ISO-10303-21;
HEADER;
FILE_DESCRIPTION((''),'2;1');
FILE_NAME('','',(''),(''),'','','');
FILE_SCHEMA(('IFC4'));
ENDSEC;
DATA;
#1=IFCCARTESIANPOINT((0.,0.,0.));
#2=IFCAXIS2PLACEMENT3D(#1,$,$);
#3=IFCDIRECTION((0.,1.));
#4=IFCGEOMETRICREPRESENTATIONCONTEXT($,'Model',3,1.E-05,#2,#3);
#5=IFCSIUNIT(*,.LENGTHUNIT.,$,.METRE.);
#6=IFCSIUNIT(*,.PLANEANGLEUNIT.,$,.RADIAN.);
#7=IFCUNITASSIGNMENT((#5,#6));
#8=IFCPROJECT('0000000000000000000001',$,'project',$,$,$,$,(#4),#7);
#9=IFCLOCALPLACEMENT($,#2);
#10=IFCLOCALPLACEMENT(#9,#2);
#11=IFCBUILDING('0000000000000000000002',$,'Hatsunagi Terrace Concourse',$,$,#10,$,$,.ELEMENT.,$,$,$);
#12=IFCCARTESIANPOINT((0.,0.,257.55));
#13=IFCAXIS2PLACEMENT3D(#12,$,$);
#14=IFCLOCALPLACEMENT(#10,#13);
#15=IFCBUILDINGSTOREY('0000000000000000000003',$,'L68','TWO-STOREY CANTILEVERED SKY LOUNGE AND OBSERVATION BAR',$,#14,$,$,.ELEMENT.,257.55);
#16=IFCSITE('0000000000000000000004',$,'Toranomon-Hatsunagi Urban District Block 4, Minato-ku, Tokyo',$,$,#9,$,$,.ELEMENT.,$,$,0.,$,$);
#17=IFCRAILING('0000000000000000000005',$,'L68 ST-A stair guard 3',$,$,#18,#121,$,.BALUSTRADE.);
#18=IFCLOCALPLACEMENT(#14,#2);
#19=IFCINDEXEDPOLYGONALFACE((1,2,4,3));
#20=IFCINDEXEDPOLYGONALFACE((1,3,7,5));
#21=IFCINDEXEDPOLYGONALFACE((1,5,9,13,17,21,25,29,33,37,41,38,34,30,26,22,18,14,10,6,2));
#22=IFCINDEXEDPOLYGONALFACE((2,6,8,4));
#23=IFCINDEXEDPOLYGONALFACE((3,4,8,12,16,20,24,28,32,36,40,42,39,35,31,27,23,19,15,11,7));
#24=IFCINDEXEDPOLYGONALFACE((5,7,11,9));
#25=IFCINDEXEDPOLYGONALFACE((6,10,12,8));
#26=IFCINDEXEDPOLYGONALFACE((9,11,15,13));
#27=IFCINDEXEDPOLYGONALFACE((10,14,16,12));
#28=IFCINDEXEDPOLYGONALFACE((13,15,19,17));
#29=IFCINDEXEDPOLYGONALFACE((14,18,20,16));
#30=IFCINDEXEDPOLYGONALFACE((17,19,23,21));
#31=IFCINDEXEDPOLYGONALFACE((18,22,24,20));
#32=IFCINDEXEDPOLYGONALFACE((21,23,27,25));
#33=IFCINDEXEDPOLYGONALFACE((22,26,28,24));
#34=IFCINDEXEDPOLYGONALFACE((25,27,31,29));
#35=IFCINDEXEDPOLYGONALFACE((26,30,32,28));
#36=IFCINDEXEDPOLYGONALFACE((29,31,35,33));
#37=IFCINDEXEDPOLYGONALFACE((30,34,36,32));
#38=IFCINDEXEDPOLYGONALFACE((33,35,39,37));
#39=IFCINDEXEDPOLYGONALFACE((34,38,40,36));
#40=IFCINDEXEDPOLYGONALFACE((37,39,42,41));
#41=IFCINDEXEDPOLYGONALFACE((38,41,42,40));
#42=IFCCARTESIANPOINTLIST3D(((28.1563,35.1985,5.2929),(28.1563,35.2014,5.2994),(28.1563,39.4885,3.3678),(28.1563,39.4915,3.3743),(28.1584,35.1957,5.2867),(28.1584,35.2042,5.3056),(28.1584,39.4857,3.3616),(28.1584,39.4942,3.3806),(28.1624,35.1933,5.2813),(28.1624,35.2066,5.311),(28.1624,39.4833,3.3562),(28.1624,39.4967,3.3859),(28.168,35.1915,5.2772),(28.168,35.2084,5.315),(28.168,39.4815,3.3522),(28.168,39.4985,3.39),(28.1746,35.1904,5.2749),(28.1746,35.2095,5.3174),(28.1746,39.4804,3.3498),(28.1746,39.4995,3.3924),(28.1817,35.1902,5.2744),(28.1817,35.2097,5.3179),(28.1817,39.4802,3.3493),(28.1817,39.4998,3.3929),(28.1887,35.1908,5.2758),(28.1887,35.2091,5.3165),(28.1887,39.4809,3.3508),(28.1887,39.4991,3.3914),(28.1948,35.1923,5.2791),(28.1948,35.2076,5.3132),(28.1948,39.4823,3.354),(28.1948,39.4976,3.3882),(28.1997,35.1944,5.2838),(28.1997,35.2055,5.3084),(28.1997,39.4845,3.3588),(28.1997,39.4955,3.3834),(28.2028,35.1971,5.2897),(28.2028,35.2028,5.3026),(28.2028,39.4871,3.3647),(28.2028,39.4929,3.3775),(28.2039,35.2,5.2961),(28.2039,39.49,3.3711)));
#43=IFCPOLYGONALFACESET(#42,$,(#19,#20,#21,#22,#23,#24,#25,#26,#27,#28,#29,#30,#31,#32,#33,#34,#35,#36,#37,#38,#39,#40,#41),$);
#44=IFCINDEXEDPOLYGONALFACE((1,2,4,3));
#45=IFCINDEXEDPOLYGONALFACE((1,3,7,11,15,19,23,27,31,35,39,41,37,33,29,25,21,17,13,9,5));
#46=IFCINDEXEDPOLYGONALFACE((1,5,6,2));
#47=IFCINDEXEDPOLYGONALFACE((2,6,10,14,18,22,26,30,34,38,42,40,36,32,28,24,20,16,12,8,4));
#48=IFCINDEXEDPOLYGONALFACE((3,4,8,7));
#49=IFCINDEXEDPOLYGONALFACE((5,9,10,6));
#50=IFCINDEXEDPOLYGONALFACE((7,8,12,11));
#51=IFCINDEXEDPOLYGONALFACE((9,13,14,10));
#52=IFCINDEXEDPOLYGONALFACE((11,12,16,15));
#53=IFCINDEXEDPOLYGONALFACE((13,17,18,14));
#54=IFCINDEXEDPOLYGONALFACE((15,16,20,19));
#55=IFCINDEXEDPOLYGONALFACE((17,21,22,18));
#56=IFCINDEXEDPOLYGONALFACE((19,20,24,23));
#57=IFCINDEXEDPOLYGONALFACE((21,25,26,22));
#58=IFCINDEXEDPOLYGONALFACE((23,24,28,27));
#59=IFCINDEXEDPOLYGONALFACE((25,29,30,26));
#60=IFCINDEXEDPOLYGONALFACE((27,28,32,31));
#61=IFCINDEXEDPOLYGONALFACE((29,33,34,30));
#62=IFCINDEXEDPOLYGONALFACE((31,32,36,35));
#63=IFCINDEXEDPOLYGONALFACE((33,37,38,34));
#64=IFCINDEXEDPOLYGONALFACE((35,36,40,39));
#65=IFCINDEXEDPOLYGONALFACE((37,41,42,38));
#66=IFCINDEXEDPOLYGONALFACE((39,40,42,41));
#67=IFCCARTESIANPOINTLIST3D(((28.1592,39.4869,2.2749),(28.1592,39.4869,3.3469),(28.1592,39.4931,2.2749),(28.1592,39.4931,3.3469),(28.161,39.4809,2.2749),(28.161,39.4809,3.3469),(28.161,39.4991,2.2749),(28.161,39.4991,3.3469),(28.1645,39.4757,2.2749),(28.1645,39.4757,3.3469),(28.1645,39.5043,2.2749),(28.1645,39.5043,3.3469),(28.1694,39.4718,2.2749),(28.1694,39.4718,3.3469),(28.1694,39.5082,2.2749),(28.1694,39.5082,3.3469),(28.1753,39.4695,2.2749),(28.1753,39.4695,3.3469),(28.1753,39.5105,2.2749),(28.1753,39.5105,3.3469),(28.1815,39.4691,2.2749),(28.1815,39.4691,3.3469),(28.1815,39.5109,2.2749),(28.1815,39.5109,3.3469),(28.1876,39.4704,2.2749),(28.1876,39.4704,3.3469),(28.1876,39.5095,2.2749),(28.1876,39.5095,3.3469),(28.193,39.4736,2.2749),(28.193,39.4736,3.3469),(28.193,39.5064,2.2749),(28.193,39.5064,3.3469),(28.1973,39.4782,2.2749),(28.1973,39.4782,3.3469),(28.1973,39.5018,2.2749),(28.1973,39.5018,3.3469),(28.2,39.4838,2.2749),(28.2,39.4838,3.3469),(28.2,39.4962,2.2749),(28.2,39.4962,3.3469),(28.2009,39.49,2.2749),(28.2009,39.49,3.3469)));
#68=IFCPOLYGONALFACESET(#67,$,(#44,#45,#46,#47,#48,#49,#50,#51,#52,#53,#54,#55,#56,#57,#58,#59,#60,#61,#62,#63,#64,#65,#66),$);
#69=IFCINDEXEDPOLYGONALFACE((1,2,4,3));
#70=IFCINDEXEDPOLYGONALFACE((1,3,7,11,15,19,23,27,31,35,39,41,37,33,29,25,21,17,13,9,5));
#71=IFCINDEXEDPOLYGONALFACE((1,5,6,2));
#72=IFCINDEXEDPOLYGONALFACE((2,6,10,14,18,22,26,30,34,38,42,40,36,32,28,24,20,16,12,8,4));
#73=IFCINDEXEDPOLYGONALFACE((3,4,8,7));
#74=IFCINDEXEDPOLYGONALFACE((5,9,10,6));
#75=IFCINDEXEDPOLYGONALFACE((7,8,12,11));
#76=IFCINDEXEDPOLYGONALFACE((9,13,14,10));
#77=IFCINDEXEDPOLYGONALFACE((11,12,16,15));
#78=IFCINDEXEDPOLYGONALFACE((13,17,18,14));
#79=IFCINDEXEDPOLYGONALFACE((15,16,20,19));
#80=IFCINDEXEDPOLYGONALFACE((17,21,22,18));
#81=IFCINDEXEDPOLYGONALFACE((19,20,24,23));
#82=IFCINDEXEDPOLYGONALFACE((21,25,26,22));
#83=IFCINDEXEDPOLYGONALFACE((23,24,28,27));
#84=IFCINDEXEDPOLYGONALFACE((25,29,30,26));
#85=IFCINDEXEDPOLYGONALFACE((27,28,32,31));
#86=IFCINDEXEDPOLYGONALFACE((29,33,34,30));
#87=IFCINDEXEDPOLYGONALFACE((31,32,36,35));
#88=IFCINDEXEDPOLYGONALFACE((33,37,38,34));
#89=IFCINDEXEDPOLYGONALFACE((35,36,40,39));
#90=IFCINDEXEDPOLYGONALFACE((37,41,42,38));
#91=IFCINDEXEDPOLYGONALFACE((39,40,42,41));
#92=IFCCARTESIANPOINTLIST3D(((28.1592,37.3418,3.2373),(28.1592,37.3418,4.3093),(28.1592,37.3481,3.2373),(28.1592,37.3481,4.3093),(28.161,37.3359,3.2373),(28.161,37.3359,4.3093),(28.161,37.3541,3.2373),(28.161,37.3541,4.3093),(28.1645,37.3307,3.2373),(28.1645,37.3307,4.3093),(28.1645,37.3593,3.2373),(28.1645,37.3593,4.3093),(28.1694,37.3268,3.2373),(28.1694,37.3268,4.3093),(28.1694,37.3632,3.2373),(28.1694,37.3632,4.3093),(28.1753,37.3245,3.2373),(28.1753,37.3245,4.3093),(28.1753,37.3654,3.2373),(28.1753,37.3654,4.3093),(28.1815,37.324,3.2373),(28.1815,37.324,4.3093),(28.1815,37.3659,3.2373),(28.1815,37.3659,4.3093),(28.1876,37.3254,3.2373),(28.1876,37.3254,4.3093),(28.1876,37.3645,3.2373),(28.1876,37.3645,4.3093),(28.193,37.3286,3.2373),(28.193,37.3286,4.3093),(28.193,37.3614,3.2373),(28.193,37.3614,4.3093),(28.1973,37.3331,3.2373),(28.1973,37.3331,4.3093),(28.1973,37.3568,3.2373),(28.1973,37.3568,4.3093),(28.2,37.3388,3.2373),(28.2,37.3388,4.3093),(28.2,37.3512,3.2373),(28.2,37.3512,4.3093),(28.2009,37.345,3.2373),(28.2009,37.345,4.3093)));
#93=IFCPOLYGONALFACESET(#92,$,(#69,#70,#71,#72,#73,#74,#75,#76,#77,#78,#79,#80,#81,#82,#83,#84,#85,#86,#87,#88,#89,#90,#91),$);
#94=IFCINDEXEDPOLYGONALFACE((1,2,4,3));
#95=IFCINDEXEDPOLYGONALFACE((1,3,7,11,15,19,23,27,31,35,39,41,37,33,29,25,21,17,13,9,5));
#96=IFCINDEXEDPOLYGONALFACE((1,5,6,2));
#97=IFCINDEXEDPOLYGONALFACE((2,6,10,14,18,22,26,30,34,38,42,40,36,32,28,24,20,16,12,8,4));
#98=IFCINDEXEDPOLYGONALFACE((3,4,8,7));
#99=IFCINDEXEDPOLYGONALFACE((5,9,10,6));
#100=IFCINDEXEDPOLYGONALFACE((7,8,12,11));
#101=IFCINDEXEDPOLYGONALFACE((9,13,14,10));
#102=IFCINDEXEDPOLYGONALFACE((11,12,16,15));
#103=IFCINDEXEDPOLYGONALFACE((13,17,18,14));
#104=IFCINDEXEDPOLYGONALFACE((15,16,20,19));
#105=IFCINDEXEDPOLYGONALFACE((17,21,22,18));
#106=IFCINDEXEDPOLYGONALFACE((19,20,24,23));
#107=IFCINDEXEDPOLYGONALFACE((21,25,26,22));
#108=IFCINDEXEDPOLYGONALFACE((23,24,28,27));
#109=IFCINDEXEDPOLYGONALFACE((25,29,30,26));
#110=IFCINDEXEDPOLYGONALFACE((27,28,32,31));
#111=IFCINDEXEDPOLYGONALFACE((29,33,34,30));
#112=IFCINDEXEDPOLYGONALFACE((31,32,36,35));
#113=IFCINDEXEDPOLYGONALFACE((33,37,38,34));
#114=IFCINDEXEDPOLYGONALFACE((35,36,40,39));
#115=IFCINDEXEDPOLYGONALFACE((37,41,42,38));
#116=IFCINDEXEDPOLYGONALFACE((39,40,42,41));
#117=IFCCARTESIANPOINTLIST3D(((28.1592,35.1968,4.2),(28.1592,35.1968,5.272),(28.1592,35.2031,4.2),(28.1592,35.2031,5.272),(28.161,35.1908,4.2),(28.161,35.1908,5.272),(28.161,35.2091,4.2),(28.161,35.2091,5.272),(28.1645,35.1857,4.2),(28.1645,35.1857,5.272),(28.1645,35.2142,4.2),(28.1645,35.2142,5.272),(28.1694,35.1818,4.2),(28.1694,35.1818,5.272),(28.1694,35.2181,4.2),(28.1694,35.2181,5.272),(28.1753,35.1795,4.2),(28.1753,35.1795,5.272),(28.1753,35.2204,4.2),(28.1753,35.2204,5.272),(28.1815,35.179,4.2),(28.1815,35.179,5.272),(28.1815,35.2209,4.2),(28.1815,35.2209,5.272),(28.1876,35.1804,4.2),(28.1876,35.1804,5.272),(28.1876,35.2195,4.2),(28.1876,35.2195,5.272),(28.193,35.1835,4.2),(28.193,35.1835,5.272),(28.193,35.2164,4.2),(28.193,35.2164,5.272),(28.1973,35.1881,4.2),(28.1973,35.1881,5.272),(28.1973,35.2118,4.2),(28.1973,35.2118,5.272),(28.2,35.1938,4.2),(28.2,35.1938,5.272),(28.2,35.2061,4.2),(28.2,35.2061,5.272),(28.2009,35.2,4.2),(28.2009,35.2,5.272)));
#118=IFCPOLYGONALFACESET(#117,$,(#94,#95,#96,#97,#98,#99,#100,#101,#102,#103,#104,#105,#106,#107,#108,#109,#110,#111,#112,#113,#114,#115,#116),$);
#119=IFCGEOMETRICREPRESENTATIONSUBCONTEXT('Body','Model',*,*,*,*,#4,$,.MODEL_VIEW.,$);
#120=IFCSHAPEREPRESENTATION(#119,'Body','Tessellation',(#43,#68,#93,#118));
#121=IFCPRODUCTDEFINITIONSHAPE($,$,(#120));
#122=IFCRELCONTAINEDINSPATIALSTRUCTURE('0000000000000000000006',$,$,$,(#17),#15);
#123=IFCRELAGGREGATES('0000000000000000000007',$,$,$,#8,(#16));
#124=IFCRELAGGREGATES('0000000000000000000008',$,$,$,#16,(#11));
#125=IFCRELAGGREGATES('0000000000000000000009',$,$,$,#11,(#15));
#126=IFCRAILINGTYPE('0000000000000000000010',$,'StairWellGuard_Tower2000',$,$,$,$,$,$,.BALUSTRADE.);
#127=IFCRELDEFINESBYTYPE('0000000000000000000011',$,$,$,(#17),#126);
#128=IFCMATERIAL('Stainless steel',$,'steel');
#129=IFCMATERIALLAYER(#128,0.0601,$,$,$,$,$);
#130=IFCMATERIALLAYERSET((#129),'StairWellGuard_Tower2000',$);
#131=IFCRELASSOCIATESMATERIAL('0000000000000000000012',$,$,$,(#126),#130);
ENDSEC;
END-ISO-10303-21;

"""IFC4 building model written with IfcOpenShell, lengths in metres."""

from ifc_helpers import new_model, si_unit, direction, frame, origin, origin_2d, place, context, subcontext, project, spatial, circle, extrude, material, layer, layer_set, type_object, element, save


model = new_model("IFC4")

# Units and contexts
model_context = context("Model", 3, precision=1e-05, world=origin(), true_north=direction((0.0, 1.0)))
body_context = subcontext(model_context, "Body", "Model", "MODEL_VIEW")
ifc_project = project(units=[si_unit("LENGTHUNIT", "METRE"), si_unit("PLANEANGLEUNIT", "RADIAN")], contexts=[model_context])

# Site, building, storey
site_placement = place(None, origin())
site = spatial("IfcSite", under=ifc_project, at=site_placement, Name="Toranomon-Hatsunagi Urban District Block 4, Minato-ku, Tokyo", CompositionType="ELEMENT", RefElevation=0.0)
building_placement = place(site_placement, origin())
building = spatial("IfcBuilding", under=site, at=building_placement, Name="Hatsunagi Terrace Concourse", CompositionType="ELEMENT")
storey_placement = place(building_placement, frame((0.0, 0.0, 257.55)))
storey = spatial("IfcBuildingStorey", under=building, at=storey_placement, Name="L68", Description="TWO-STOREY CANTILEVERED SKY LOUNGE AND OBSERVATION BAR", CompositionType="ELEMENT", Elevation=257.55)

# Railing
ifc_material_1 = material(Name="Stainless steel", Category="steel")
ifc_layer_1 = layer(ifc_material_1, 0.0601)
ifc_layer_set_1 = layer_set([ifc_layer_1], Name="StairWellGuard_Tower2000")
railing_type_1 = type_object("IfcRailingType", Name="StairWellGuard_Tower2000", PredefinedType="BALUSTRADE", material=ifc_layer_set_1)
railing_1_placement = place(storey_placement, frame((28.1799, 39.49, 2.2749)))
element("IfcRailing", 1, at=railing_1_placement, inside=storey, type_object=railing_type_1, Name="L68 ST-A stair guard 3", PredefinedType="BALUSTRADE", context=body_context, shape_type="SweptSolid", body=[
    extrude(circle(Radius=0.0239, at=origin_2d()), frame((0.0, 0.0, 1.0962), z_axis=(0.0, -0.912356, 0.409397), x_axis=(1.0, 0.0, 0.0)), (0.0, 0.0, 1.0), 4.7021),
    extrude(circle(Radius=0.021, at=origin_2d()), origin(), (0.0, 0.0, 1.0), 1.072),
    extrude(circle(Radius=0.021, at=origin_2d()), frame((0.0, -2.145, 0.9624)), (0.0, 0.0, 1.0), 1.072),
    extrude(circle(Radius=0.021, at=origin_2d()), frame((0.0, -4.29, 1.925)), (0.0, 0.0, 1.0), 1.072),
])

save(model, "model.ifc")
